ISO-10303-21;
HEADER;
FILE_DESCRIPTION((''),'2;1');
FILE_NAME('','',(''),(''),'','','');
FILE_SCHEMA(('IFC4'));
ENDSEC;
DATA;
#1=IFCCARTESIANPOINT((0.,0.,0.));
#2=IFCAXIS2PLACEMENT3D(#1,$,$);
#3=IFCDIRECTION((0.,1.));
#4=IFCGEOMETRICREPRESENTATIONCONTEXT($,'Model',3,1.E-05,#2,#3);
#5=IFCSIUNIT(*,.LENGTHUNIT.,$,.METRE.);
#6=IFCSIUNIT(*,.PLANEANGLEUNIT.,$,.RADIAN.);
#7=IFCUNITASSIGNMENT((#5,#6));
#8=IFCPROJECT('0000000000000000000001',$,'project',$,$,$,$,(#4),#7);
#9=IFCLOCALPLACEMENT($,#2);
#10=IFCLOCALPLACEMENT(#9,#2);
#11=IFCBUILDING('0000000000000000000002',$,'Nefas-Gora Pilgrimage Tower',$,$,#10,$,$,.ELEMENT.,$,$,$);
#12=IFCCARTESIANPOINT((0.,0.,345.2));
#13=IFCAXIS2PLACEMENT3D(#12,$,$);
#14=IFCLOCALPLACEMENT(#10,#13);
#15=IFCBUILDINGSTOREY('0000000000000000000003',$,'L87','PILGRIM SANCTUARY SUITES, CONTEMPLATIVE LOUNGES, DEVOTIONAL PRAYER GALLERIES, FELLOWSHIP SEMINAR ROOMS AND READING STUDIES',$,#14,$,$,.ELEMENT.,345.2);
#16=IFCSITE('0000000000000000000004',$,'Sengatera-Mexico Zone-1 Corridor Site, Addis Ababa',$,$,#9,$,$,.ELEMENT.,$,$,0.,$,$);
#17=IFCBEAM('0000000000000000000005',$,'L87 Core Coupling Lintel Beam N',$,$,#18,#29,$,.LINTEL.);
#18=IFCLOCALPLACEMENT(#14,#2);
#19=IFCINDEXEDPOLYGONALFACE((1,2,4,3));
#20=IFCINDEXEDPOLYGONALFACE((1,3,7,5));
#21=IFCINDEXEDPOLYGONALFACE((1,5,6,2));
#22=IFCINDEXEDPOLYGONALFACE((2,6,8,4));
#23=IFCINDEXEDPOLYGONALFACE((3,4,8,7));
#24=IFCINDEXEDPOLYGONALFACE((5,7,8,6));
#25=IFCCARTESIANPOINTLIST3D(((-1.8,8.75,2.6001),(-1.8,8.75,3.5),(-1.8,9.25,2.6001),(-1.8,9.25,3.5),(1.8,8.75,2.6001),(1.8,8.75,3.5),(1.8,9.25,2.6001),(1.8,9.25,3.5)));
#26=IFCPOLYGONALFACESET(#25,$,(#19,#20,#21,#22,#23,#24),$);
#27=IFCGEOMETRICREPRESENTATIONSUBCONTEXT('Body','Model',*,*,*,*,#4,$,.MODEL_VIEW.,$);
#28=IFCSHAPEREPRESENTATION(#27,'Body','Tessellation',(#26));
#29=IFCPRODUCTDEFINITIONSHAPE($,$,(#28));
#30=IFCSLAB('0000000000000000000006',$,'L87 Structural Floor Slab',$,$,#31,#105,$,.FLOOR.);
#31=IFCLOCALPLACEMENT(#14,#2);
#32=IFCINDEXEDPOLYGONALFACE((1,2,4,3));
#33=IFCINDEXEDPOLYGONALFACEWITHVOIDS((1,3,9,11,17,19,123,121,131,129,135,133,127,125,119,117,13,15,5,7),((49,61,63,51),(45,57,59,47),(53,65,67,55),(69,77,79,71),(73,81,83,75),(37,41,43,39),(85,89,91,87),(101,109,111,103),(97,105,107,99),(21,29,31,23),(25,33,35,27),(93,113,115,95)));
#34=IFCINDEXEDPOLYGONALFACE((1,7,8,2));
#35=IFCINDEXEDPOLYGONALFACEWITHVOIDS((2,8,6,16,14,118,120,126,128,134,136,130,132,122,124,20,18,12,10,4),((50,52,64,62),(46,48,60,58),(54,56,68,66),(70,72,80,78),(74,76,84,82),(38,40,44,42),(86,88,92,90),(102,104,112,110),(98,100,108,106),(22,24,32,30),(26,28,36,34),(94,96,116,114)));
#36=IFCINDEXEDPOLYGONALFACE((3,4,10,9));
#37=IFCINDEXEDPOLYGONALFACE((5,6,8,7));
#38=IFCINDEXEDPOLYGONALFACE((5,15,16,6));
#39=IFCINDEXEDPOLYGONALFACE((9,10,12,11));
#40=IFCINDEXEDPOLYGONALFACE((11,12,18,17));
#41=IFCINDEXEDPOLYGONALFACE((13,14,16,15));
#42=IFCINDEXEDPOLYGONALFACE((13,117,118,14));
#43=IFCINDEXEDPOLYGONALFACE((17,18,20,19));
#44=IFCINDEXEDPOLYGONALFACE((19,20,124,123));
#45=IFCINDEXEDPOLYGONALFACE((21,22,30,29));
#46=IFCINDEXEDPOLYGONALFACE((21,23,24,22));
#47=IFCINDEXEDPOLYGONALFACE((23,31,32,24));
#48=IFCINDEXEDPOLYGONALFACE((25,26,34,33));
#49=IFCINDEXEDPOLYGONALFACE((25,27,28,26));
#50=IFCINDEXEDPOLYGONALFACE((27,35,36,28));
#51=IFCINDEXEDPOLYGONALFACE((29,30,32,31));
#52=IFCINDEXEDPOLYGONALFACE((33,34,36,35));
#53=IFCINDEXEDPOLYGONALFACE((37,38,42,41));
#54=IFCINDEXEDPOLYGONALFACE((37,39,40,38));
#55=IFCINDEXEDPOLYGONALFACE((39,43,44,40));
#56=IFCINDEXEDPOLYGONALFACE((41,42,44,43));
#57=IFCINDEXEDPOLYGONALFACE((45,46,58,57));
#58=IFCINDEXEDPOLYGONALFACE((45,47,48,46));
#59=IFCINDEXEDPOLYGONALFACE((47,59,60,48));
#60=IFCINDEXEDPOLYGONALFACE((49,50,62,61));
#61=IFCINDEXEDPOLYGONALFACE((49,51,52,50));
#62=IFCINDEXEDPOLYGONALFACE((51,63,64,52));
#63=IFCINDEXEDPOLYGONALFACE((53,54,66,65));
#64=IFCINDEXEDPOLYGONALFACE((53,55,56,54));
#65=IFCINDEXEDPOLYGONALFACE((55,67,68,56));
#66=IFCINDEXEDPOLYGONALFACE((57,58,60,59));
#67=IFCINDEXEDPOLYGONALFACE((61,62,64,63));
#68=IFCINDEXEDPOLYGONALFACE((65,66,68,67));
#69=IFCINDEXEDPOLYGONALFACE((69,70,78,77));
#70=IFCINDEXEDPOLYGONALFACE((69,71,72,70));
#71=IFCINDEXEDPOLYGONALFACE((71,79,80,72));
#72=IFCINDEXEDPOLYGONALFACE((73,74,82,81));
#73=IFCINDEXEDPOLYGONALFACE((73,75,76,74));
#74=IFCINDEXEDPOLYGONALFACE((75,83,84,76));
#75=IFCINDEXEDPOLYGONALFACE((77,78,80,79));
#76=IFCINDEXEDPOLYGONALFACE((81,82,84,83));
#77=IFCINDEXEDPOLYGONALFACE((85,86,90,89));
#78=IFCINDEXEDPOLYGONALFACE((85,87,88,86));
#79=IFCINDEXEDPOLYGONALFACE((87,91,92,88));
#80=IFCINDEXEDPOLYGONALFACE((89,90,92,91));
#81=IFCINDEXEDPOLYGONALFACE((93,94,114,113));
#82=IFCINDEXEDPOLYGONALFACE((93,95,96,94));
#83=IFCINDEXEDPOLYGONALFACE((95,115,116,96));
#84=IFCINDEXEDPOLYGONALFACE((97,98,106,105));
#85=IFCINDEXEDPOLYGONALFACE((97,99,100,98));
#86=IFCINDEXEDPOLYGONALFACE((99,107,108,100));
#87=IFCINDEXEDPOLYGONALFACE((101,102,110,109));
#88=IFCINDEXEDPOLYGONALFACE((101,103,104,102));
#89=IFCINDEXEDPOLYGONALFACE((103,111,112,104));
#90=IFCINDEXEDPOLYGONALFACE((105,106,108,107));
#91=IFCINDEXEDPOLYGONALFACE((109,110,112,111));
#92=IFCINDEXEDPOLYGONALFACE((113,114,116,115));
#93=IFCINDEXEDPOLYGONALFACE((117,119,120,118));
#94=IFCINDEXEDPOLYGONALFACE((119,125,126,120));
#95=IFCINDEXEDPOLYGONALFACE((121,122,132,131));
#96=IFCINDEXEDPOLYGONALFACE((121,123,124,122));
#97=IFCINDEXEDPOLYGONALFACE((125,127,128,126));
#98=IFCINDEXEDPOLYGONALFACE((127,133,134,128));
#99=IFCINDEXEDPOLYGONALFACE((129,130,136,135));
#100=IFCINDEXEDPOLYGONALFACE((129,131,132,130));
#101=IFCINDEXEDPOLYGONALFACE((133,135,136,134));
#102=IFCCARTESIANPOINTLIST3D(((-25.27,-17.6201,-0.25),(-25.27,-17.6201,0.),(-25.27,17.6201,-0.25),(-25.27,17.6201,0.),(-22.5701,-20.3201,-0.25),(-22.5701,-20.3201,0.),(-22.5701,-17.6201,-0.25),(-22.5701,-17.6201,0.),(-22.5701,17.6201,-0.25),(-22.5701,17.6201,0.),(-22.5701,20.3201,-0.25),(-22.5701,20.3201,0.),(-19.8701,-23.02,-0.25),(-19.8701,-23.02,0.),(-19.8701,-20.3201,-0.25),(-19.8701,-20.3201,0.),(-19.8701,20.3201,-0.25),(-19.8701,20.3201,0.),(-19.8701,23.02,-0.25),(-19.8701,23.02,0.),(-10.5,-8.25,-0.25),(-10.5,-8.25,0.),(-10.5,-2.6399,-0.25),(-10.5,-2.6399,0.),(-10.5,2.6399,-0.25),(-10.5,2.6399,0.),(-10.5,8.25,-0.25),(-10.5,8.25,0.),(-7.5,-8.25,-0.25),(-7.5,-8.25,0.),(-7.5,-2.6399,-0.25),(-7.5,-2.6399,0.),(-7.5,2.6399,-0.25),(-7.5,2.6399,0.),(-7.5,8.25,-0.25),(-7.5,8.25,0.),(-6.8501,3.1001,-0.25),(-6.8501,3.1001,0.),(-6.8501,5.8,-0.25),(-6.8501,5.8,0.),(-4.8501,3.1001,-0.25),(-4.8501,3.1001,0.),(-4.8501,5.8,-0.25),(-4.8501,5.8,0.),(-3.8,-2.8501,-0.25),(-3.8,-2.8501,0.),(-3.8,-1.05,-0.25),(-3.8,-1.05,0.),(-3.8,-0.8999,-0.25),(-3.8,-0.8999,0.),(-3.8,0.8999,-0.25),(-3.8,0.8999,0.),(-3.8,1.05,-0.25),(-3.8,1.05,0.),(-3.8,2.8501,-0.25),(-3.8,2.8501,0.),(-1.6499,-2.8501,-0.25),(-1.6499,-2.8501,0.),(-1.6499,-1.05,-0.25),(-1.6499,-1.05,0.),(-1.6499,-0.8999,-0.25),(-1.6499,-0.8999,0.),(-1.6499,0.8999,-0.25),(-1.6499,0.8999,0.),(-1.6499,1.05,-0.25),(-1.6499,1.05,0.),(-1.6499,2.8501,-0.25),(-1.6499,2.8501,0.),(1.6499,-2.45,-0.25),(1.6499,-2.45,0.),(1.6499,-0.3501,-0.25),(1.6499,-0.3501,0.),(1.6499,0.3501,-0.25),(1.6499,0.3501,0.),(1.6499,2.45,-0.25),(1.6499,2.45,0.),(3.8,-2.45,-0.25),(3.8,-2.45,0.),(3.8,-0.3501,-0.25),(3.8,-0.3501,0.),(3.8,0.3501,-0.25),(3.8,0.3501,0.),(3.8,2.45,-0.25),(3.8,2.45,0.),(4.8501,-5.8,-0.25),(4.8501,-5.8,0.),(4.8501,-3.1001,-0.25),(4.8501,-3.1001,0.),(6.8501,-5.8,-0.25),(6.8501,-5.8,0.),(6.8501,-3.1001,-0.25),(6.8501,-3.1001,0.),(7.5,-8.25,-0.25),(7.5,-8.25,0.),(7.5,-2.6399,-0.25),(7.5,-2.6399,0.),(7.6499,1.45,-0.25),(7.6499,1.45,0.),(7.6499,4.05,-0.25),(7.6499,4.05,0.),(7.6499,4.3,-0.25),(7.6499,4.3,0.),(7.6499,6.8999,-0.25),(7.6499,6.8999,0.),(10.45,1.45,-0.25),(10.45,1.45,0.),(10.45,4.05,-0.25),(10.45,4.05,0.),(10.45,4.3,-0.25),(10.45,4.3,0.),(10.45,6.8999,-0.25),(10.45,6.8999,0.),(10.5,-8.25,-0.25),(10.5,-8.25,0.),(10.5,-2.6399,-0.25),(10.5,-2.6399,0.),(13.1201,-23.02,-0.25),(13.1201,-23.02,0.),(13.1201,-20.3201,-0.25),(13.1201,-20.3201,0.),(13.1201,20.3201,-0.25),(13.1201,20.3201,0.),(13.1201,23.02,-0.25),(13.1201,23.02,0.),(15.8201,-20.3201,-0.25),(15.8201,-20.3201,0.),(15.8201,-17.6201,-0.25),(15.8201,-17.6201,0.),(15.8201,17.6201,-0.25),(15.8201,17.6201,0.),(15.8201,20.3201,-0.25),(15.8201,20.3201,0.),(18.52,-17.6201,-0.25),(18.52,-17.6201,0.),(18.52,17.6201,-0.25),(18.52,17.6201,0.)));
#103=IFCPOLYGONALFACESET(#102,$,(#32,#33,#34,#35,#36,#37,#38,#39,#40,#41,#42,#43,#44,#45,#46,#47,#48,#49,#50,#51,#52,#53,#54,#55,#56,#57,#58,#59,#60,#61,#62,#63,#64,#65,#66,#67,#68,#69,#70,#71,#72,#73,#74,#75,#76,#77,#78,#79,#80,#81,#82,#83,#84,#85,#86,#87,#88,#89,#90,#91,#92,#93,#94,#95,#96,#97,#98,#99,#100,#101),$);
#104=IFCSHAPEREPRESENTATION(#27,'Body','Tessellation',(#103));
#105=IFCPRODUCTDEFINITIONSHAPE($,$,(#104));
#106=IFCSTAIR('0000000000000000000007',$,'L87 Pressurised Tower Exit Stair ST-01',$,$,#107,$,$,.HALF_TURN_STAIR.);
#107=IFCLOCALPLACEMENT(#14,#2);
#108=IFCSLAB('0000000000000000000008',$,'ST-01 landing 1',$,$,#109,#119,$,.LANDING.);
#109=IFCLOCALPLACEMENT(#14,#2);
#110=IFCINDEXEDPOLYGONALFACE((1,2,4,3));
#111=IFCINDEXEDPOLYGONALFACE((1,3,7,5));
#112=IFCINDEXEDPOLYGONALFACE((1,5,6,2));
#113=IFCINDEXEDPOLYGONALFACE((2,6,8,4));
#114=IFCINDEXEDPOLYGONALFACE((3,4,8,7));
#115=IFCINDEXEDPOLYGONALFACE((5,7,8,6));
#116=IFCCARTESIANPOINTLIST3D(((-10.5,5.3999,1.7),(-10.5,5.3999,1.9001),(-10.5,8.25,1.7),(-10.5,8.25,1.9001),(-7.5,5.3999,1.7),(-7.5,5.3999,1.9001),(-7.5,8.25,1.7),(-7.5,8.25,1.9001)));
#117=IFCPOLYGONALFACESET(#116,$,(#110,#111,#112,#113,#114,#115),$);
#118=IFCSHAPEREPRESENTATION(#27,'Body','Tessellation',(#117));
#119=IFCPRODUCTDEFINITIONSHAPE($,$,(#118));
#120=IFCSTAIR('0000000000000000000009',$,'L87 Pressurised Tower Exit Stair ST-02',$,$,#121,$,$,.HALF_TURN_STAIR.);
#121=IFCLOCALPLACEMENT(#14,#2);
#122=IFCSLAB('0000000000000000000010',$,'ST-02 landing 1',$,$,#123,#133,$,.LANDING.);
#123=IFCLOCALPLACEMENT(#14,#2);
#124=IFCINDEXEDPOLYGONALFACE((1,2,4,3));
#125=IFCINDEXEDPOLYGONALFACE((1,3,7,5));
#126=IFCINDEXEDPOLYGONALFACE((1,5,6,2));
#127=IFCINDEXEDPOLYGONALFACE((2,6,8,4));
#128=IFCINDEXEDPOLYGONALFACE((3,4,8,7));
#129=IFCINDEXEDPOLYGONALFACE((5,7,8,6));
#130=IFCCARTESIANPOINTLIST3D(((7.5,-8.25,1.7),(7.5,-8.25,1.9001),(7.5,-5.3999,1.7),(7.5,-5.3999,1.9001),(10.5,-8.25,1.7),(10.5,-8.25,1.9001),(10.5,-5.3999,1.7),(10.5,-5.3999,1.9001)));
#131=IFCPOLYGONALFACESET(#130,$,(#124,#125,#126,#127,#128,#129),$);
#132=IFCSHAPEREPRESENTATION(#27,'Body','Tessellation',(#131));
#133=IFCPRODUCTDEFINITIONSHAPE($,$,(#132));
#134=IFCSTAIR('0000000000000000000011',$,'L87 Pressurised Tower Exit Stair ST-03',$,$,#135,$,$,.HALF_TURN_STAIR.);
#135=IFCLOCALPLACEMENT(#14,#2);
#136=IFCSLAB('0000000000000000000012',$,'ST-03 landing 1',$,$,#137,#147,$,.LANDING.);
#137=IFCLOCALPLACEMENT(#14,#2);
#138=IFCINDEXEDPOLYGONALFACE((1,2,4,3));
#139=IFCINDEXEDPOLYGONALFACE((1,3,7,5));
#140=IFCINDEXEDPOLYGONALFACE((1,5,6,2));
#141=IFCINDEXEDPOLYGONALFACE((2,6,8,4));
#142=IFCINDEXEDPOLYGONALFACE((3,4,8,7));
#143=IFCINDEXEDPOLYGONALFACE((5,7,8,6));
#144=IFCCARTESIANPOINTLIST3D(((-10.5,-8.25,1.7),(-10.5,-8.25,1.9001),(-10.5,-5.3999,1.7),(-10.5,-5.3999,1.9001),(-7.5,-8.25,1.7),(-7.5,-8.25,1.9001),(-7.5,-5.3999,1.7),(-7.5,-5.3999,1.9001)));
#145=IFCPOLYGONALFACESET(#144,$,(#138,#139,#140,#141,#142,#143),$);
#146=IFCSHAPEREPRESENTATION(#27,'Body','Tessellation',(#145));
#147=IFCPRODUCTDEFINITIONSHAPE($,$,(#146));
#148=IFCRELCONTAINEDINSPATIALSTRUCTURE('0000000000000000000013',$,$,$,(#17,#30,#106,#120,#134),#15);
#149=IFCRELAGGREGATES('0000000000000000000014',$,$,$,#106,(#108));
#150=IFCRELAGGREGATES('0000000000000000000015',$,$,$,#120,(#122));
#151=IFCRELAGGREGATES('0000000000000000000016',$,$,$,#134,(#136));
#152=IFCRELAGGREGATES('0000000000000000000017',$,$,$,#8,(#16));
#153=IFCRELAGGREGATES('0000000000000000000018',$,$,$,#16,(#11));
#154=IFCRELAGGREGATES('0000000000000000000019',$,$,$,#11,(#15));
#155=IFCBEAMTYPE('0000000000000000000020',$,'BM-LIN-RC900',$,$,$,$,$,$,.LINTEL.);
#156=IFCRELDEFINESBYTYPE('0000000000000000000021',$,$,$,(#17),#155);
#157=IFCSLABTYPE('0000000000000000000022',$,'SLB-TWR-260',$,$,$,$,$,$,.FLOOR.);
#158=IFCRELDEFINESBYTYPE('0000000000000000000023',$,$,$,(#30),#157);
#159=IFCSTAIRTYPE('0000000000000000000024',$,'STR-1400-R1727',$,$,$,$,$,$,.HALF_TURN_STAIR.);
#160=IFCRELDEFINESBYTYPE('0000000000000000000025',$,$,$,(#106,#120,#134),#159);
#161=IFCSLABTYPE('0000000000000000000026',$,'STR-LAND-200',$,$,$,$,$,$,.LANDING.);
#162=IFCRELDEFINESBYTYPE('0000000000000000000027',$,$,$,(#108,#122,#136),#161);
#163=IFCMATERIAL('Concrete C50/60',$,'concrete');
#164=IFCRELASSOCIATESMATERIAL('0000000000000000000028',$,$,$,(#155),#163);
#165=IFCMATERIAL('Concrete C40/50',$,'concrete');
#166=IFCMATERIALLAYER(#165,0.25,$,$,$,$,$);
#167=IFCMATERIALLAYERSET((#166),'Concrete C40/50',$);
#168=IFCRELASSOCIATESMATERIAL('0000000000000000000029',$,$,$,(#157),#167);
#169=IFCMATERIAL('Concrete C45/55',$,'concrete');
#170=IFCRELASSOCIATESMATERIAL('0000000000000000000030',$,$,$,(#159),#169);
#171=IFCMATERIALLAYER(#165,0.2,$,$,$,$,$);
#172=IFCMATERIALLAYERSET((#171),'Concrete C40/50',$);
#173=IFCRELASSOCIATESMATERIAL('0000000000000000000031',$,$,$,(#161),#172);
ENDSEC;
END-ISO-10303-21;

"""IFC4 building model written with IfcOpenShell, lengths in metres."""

from ifc_helpers import new_model, si_unit, direction, frame, origin, origin_2d, place, context, subcontext, project, spatial, polyline, rectangle, outline, extrude, source, transform, mapped, material, layer, layer_set, material_profile, profile_set, type_object, element, aggregate, save


model = new_model("IFC4")

# Units and contexts
model_context = context("Model", 3, precision=1e-05, world=origin(), true_north=direction((0.0, 1.0)))
body_context = subcontext(model_context, "Body", "Model", "MODEL_VIEW")
ifc_project = project(units=[si_unit("LENGTHUNIT", "METRE"), si_unit("PLANEANGLEUNIT", "RADIAN")], contexts=[model_context])

# Site, building, storey
site_placement = place(None, origin())
site = spatial("IfcSite", under=ifc_project, at=site_placement, Name="Sengatera-Mexico Zone-1 Corridor Site, Addis Ababa", CompositionType="ELEMENT", RefElevation=0.0)
building_placement = place(site_placement, origin())
building = spatial("IfcBuilding", under=site, at=building_placement, Name="Nefas-Gora Pilgrimage Tower", CompositionType="ELEMENT")
storey_placement = place(building_placement, frame((0.0, 0.0, 345.2)))
storey = spatial("IfcBuildingStorey", under=building, at=storey_placement, Name="L87", Description="PILGRIM SANCTUARY SUITES, CONTEMPLATIVE LOUNGES, DEVOTIONAL PRAYER GALLERIES, FELLOWSHIP SEMINAR ROOMS AND READING STUDIES", CompositionType="ELEMENT", Elevation=345.2)

# Beam
ifc_material_1 = material(Name="Concrete C50/60", Category="concrete")
ifc_material_profile = material_profile(ifc_material_1, rectangle(XDim=0.5, YDim=0.8999, at=origin_2d()), Name="RC 500x900")
ifc_profile_set = profile_set([ifc_material_profile], Name="Concrete C50/60")
beam_type = type_object("IfcBeamType", Name="BM-LIN-RC900", PredefinedType="LINTEL", material=ifc_profile_set)
shared_shape_1 = source(origin(), body_context, "Body", "SweptSolid", [
    extrude(rectangle(XDim=0.5, YDim=0.8999, at=origin_2d()), origin(), (0.0, 0.0, 1.0), 3.6001),
])
beam_placement = place(storey_placement, frame((-1.8, 9.0, 3.05), z_axis=(1.0, 0.0, 0.0), x_axis=(0.0, 1.0, 0.0)))
element("IfcBeam", 1, at=beam_placement, inside=storey, type_object=beam_type, Name="L87 Core Coupling Lintel Beam N", PredefinedType="LINTEL", context=body_context, shape_type="MappedRepresentation", body=[
    mapped(shared_shape_1, transform((0.0, 0.0, 0.0), x_axis=(1.0, 0.0, 0.0), y_axis=(0.0, 1.0, 0.0), z_axis=(0.0, 0.0, 1.0), scale=1.0)),
])

# Slab
ifc_material_2 = material(Name="Concrete C40/50", Category="concrete")
ifc_layer_1 = layer(ifc_material_2, 0.25)
ifc_layer_set_1 = layer_set([ifc_layer_1], Name="Concrete C40/50")
slab_type_1 = type_object("IfcSlabType", Name="SLB-TWR-260", PredefinedType="FLOOR", material=ifc_layer_set_1)
slab_1_placement = place(storey_placement, frame((0.0, 0.0, -0.25)))
element("IfcSlab", 2, at=slab_1_placement, inside=storey, type_object=slab_type_1, Name="L87 Structural Floor Slab", PredefinedType="FLOOR", context=body_context, shape_type="SweptSolid", body=[
    extrude(outline(polyline([(18.52, 17.6201), (15.8201, 17.6201), (15.8201, 20.3201), (13.1201, 20.3201), (13.1201, 23.02), (-19.8701, 23.02), (-19.8701, 20.3201), (-22.5701, 20.3201), (-22.5701, 17.6201), (-25.27, 17.6201), (-25.27, -17.6201), (-22.5701, -17.6201), (-22.5701, -20.3201), (-19.8701, -20.3201), (-19.8701, -23.02), (13.1201, -23.02), (13.1201, -20.3201), (15.8201, -20.3201), (15.8201, -17.6201), (18.52, -17.6201), (18.52, 17.6201)]), holes=[polyline([(-10.5, 2.6399), (-10.5, 8.25), (-7.5, 8.25), (-7.5, 2.6399), (-10.5, 2.6399)]), polyline([(10.5, -2.6399), (10.5, -8.25), (7.5, -8.25), (7.5, -2.6399), (10.5, -2.6399)]), polyline([(-7.5, -2.6399), (-7.5, -8.25), (-10.5, -8.25), (-10.5, -2.6399), (-7.5, -2.6399)]), polyline([(-6.8501, 5.8), (-4.8501, 5.8), (-4.8501, 3.1001), (-6.8501, 3.1001), (-6.8501, 5.8)]), polyline([(4.8501, -3.1001), (6.8501, -3.1001), (6.8501, -5.8), (4.8501, -5.8), (4.8501, -3.1001)]), polyline([(7.6499, 4.05), (10.45, 4.05), (10.45, 1.45), (7.6499, 1.45), (7.6499, 4.05)]), polyline([(7.6499, 6.8999), (10.45, 6.8999), (10.45, 4.3), (7.6499, 4.3), (7.6499, 6.8999)]), polyline([(-3.8, -1.05), (-1.6499, -1.05), (-1.6499, -2.8501), (-3.8, -2.8501), (-3.8, -1.05)]), polyline([(-3.8, 0.8999), (-1.6499, 0.8999), (-1.6499, -0.8999), (-3.8, -0.8999), (-3.8, 0.8999)]), polyline([(-3.8, 2.8501), (-1.6499, 2.8501), (-1.6499, 1.05), (-3.8, 1.05), (-3.8, 2.8501)]), polyline([(1.6499, -0.3501), (3.8, -0.3501), (3.8, -2.45), (1.6499, -2.45), (1.6499, -0.3501)]), polyline([(1.6499, 2.45), (3.8, 2.45), (3.8, 0.3501), (1.6499, 0.3501), (1.6499, 2.45)])]), origin(), (0.0, 0.0, 1.0), 0.25),
])

# Stairs, slabs
ifc_material_3 = material(Name="Concrete C45/55", Category="concrete")
stair_type = type_object("IfcStairType", Name="STR-1400-R1727", PredefinedType="HALF_TURN_STAIR", material=ifc_material_3)
stair_1_placement = place(storey_placement, origin())
stair_1 = element("IfcStair", 3, at=stair_1_placement, inside=storey, type_object=stair_type, Name="L87 Pressurised Tower Exit Stair ST-01", PredefinedType="HALF_TURN_STAIR")
ifc_layer_2 = layer(ifc_material_2, 0.2)
ifc_layer_set_2 = layer_set([ifc_layer_2], Name="Concrete C40/50")
slab_type_2 = type_object("IfcSlabType", Name="STR-LAND-200", PredefinedType="LANDING", material=ifc_layer_set_2)
slab_2_placement = place(storey_placement, frame((0.0, 0.0, 1.7)))
slab_2 = element("IfcSlab", 4, at=slab_2_placement, type_object=slab_type_2, Name="ST-01 landing 1", PredefinedType="LANDING", context=body_context, shape_type="SweptSolid", body=[
    extrude(outline(polyline([(-7.5, 5.3999), (-7.5, 8.25), (-10.5, 8.25), (-10.5, 5.3999), (-7.5, 5.3999)])), origin(), (0.0, 0.0, 1.0), 0.2002),
])
aggregate(stair_1, [slab_2])
stair_2_placement = place(storey_placement, origin())
stair_2 = element("IfcStair", 5, at=stair_2_placement, inside=storey, type_object=stair_type, Name="L87 Pressurised Tower Exit Stair ST-02", PredefinedType="HALF_TURN_STAIR")
slab_3_placement = place(storey_placement, frame((0.0, 0.0, 1.7)))
slab_3 = element("IfcSlab", 6, at=slab_3_placement, type_object=slab_type_2, Name="ST-02 landing 1", PredefinedType="LANDING", context=body_context, shape_type="SweptSolid", body=[
    extrude(outline(polyline([(7.5, -5.3999), (7.5, -8.25), (10.5, -8.25), (10.5, -5.3999), (7.5, -5.3999)])), origin(), (0.0, 0.0, 1.0), 0.2002),
])
aggregate(stair_2, [slab_3])
stair_3_placement = place(storey_placement, origin())
stair_3 = element("IfcStair", 7, at=stair_3_placement, inside=storey, type_object=stair_type, Name="L87 Pressurised Tower Exit Stair ST-03", PredefinedType="HALF_TURN_STAIR")
slab_4_placement = place(storey_placement, frame((0.0, 0.0, 1.7)))
slab_4 = element("IfcSlab", 8, at=slab_4_placement, type_object=slab_type_2, Name="ST-03 landing 1", PredefinedType="LANDING", context=body_context, shape_type="SweptSolid", body=[
    extrude(outline(polyline([(-10.5, -5.3999), (-10.5, -8.25), (-7.5, -8.25), (-7.5, -5.3999), (-10.5, -5.3999)])), origin(), (0.0, 0.0, 1.0), 0.2002),
])
aggregate(stair_3, [slab_4])

save(model, "model.ifc")
